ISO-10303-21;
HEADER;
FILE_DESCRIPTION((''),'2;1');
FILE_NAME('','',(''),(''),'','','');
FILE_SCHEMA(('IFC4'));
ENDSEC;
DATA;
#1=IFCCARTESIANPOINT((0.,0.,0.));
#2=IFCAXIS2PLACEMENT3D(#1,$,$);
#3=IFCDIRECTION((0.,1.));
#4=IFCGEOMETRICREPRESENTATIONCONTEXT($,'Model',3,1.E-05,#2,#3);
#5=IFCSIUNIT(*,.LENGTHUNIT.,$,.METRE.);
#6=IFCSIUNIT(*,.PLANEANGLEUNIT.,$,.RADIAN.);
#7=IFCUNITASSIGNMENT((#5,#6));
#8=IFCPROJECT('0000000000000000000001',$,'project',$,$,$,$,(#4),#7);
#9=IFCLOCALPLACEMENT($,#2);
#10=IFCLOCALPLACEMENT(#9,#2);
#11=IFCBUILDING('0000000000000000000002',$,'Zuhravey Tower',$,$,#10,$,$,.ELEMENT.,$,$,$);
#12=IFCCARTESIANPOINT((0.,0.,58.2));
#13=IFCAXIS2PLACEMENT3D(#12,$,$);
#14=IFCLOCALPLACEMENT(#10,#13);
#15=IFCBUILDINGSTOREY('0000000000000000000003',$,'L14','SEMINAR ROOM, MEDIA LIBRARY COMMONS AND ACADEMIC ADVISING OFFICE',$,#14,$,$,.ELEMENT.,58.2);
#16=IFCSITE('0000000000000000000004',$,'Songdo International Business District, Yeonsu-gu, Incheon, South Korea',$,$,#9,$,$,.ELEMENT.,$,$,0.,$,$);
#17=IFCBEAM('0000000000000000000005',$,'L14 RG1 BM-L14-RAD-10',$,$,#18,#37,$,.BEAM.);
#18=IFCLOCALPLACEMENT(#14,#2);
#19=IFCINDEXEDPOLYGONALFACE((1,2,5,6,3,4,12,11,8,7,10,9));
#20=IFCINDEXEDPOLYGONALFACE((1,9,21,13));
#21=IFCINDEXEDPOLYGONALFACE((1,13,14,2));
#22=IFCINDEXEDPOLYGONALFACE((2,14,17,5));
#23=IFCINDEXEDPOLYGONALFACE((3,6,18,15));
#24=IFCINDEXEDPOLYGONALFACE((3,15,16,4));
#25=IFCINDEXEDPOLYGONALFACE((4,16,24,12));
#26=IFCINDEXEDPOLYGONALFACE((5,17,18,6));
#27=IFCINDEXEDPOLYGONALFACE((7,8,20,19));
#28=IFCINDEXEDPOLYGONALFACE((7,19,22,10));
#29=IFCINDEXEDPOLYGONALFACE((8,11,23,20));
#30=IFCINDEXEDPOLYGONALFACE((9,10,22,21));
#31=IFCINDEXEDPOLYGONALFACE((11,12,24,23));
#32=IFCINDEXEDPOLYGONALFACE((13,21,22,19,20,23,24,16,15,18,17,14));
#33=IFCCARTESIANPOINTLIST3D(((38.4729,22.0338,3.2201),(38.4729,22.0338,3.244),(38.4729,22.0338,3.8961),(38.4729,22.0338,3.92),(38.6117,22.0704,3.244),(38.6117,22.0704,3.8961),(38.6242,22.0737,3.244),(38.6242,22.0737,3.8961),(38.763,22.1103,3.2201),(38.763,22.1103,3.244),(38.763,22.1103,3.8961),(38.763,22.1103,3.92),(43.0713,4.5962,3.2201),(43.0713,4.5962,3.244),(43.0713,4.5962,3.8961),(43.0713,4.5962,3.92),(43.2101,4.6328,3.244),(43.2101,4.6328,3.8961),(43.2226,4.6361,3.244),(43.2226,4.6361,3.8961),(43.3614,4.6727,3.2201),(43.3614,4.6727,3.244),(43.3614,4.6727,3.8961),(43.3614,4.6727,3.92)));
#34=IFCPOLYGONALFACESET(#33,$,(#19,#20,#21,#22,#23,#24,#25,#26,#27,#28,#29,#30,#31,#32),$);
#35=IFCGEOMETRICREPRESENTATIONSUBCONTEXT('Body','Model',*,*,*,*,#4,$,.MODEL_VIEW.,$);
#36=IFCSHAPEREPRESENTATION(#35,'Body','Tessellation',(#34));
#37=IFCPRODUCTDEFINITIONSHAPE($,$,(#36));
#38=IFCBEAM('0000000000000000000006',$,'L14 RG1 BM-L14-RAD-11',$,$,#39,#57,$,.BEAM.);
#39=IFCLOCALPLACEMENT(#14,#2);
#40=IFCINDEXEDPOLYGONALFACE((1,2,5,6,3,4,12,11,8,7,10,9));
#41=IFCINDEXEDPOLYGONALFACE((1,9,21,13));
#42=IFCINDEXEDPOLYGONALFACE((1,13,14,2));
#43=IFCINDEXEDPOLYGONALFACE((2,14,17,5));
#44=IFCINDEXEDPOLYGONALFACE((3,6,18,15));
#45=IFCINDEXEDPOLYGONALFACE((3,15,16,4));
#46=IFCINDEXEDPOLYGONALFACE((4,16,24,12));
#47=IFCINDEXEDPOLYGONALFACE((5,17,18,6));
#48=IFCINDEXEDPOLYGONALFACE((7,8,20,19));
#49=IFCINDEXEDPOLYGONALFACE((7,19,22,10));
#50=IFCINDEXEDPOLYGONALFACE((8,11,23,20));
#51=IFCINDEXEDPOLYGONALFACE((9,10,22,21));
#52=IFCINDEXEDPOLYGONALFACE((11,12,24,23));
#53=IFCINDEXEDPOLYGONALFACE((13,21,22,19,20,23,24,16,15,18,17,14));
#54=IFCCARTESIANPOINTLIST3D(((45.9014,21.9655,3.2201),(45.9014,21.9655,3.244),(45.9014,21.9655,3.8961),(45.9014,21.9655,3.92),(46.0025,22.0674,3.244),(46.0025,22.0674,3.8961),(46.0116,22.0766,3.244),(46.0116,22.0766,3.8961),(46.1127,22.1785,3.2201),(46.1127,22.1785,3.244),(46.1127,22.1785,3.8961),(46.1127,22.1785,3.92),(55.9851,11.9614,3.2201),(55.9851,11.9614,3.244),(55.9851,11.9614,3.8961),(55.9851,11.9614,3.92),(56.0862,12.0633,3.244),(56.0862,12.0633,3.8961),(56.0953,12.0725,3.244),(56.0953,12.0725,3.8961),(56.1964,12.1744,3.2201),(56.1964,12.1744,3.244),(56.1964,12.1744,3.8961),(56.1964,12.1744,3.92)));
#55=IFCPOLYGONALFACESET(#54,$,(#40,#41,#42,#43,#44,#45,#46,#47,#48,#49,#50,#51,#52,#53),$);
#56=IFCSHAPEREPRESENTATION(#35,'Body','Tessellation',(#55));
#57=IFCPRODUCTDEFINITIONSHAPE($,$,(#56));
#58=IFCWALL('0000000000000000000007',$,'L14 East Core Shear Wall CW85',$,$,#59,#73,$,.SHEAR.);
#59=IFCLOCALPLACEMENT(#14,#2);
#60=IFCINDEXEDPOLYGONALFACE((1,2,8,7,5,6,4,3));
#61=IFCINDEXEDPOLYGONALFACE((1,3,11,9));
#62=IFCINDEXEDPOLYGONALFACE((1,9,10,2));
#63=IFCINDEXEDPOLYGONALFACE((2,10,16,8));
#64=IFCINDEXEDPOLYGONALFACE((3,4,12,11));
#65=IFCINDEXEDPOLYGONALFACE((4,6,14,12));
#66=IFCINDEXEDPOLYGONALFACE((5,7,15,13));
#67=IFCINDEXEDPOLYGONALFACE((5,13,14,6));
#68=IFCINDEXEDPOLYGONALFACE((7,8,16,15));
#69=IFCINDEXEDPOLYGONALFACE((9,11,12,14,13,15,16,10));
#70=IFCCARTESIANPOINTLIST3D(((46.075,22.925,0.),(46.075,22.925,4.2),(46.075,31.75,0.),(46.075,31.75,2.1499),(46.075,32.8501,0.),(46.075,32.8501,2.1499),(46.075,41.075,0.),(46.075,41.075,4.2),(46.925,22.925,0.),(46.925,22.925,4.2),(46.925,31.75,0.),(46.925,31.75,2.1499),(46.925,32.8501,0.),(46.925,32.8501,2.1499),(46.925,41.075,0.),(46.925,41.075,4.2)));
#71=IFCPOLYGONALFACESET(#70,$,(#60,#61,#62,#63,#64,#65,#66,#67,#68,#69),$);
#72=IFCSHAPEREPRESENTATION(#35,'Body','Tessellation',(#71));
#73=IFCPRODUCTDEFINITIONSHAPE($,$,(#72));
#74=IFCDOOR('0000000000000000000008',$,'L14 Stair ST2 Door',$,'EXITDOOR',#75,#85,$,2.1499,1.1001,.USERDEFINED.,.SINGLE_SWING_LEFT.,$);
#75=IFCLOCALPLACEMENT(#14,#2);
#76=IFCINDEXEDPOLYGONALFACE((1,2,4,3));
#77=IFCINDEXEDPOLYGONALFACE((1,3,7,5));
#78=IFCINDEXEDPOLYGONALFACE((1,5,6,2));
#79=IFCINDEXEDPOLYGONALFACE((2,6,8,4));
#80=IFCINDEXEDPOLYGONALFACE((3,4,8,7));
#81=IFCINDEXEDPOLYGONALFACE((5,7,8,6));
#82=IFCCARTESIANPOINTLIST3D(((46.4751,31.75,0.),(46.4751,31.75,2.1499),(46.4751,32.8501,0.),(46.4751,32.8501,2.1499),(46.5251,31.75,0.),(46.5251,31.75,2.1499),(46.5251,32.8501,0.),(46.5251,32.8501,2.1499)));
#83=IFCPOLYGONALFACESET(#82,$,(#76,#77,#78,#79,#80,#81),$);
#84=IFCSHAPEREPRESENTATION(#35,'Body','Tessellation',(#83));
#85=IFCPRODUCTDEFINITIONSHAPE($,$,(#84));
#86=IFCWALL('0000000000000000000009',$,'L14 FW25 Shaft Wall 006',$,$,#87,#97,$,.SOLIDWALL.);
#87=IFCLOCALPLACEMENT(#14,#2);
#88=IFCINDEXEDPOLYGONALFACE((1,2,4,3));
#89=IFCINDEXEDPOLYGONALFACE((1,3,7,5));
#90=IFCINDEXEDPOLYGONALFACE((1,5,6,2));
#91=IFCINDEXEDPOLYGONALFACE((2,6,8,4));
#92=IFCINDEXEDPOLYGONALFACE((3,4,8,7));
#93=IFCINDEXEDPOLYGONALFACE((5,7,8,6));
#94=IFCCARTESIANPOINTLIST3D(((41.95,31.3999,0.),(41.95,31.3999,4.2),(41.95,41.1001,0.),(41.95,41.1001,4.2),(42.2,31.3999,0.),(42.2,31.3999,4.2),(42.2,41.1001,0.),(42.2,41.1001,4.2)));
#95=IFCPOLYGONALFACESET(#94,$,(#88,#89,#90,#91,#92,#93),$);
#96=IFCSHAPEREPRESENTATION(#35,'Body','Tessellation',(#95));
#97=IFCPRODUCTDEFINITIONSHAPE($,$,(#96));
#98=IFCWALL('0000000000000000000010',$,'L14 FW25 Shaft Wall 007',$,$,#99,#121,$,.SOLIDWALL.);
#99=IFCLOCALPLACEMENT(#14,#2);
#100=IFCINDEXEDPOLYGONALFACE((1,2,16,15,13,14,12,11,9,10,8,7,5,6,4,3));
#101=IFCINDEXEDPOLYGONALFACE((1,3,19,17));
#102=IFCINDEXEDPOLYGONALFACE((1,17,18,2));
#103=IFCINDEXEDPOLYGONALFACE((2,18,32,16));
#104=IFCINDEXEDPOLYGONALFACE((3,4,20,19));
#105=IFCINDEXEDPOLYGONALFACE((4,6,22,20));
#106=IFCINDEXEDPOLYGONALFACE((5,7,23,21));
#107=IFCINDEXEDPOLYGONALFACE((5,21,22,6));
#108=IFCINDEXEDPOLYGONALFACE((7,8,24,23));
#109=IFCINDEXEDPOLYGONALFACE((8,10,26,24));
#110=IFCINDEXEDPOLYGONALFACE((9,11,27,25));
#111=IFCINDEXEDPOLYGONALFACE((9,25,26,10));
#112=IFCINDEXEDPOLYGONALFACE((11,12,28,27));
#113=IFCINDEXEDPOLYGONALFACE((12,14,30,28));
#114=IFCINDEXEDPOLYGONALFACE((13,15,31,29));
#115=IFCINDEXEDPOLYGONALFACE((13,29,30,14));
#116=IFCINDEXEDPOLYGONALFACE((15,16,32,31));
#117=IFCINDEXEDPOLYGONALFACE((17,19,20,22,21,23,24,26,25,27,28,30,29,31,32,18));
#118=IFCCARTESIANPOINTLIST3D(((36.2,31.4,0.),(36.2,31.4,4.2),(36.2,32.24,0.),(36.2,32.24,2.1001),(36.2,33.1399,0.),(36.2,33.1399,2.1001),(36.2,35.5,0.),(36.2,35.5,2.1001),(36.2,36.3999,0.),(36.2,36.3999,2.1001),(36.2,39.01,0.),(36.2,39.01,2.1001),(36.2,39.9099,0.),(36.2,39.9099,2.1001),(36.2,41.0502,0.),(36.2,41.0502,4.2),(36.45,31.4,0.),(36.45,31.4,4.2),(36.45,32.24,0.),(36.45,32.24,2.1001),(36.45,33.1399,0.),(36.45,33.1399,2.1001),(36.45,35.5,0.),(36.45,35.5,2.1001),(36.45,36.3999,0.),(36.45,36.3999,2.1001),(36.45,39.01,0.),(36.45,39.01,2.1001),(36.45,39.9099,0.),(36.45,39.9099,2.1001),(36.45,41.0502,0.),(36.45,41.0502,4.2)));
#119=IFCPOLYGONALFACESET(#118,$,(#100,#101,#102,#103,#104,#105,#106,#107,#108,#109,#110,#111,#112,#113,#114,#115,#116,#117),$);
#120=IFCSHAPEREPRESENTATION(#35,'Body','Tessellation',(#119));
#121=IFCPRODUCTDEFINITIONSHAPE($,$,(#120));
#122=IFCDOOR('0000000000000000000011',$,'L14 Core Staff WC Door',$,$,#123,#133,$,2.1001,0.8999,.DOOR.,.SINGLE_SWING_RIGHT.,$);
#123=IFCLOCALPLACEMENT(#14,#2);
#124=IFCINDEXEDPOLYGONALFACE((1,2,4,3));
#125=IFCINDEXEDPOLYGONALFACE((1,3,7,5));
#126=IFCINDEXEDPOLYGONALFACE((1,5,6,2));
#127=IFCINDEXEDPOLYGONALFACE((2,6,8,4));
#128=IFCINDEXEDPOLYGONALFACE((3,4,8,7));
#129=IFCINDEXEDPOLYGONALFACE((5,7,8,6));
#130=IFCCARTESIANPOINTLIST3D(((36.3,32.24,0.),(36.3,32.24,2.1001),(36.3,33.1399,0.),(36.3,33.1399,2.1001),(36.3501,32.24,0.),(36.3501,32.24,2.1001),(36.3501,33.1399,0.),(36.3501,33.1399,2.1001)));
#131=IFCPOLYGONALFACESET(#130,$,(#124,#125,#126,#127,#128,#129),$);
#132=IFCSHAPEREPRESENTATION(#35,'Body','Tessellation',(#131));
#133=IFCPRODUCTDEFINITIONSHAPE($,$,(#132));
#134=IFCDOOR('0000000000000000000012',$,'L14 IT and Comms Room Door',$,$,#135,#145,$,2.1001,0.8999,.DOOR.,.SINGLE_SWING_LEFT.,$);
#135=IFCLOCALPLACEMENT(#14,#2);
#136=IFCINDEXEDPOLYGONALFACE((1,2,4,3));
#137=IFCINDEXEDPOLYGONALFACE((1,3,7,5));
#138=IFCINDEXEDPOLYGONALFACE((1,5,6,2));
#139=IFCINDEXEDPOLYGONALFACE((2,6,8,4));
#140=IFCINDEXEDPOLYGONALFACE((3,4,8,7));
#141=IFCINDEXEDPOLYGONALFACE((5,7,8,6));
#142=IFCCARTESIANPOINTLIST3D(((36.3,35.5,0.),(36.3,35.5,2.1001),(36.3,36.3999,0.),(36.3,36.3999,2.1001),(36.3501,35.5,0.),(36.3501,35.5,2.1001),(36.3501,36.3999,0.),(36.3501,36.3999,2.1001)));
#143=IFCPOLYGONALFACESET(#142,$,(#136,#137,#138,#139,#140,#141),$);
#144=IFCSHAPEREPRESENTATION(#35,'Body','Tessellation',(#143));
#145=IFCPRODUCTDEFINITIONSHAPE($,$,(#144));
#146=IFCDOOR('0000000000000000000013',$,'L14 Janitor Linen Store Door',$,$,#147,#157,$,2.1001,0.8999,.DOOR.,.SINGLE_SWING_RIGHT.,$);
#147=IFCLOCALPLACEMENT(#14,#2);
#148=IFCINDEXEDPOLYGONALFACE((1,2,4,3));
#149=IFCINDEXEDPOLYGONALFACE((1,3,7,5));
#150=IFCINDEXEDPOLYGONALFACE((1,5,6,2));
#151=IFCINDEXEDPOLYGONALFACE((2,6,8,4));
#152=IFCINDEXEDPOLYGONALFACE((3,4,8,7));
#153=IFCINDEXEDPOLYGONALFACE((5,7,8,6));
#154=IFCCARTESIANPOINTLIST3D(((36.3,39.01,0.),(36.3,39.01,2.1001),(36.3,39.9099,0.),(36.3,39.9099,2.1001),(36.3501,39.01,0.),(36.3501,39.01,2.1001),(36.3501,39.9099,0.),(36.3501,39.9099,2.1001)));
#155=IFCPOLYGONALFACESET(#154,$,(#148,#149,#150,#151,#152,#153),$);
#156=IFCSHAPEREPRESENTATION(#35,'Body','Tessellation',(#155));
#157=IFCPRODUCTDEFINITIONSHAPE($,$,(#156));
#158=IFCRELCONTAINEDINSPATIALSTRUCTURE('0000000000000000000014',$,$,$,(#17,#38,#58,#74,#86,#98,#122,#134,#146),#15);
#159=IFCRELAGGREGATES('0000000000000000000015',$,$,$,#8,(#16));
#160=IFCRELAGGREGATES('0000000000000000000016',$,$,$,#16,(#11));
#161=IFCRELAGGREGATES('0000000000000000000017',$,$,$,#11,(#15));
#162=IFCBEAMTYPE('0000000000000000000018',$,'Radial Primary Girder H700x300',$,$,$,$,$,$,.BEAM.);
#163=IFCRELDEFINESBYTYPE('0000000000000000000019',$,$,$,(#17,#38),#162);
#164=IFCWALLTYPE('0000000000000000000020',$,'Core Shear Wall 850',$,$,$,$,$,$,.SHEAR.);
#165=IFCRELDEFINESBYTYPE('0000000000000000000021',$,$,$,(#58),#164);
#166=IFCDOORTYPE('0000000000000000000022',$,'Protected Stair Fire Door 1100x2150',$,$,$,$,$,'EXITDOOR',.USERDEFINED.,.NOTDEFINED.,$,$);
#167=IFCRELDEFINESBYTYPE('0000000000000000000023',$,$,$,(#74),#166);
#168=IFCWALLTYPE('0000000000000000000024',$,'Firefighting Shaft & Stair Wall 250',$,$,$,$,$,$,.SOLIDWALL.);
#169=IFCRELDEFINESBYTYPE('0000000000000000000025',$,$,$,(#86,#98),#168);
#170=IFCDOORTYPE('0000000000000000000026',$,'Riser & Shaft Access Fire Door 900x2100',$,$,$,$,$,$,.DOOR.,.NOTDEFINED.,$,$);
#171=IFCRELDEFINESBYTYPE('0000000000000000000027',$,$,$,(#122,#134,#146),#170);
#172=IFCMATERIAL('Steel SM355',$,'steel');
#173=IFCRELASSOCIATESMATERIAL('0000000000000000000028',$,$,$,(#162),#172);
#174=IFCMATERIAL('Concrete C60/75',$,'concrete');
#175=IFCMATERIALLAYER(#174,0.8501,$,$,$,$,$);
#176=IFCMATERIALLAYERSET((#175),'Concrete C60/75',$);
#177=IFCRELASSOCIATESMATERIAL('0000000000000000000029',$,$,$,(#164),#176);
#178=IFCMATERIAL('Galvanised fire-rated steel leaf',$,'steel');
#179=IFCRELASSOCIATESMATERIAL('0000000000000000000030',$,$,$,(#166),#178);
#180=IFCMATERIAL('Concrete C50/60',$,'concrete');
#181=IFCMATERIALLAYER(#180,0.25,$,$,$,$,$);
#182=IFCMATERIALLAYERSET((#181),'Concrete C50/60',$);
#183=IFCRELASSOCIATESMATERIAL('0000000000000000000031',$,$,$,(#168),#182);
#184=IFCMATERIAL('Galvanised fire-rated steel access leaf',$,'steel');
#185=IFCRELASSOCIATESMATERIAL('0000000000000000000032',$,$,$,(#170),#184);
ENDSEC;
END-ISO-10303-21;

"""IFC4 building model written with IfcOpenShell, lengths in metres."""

from ifc_helpers import new_model, si_unit, direction, frame, frame_2d, origin, origin_2d, place, context, subcontext, project, spatial, rectangle, i_section, extrude, material, layer, layer_set, material_profile, profile_set, type_object, element, fill, save


model = new_model("IFC4")

# Units and contexts
model_context = context("Model", 3, precision=1e-05, world=origin(), true_north=direction((0.0, 1.0)))
body_context = subcontext(model_context, "Body", "Model", "MODEL_VIEW")
ifc_project = project(units=[si_unit("LENGTHUNIT", "METRE"), si_unit("PLANEANGLEUNIT", "RADIAN")], contexts=[model_context])

# Site, building, storey
site_placement = place(None, origin())
site = spatial("IfcSite", under=ifc_project, at=site_placement, Name="Songdo International Business District, Yeonsu-gu, Incheon, South Korea", CompositionType="ELEMENT", RefElevation=0.0)
building_placement = place(site_placement, origin())
building = spatial("IfcBuilding", under=site, at=building_placement, Name="Zuhravey Tower", CompositionType="ELEMENT")
storey_placement = place(building_placement, frame((0.0, 0.0, 58.2)))
storey = spatial("IfcBuildingStorey", under=building, at=storey_placement, Name="L14", Description="SEMINAR ROOM, MEDIA LIBRARY COMMONS AND ACADEMIC ADVISING OFFICE", CompositionType="ELEMENT", Elevation=58.2)

# Beams
ifc_material_1 = material(Name="Steel SM355", Category="steel")
ifc_material_profile = material_profile(ifc_material_1, i_section(OverallWidth=0.3, OverallDepth=0.7, WebThickness=0.0129, FlangeThickness=0.0239, at=origin_2d()), Name="H-700x300x13x24")
ifc_profile_set = profile_set([ifc_material_profile], Name="Steel SM355")
beam_type = type_object("IfcBeamType", Name="Radial Primary Girder H700x300", PredefinedType="BEAM", material=ifc_profile_set)
beam_1_placement = place(storey_placement, frame((38.6179, 22.072, 3.5701), z_axis=(0.25499, -0.966944, 0.0), x_axis=(0.966944, 0.25499, 0.0)))
element("IfcBeam", 1, at=beam_1_placement, inside=storey, type_object=beam_type, Name="L14 RG1 BM-L14-RAD-10", PredefinedType="BEAM", context=body_context, shape_type="SweptSolid", body=[
    extrude(i_section(OverallWidth=0.3, OverallDepth=0.7, WebThickness=0.0129, FlangeThickness=0.0239, at=origin_2d()), origin(), (0.0, 0.0, 1.0), 18.0337),
])
beam_2_placement = place(storey_placement, frame((46.0071, 22.072, 3.5701), z_axis=(0.709903, -0.7043, 0.0), x_axis=(0.7043, 0.709903, 0.0)))
element("IfcBeam", 2, at=beam_2_placement, inside=storey, type_object=beam_type, Name="L14 RG1 BM-L14-RAD-11", PredefinedType="BEAM", context=body_context, shape_type="SweptSolid", body=[
    extrude(i_section(OverallWidth=0.3, OverallDepth=0.7, WebThickness=0.0129, FlangeThickness=0.0239, at=origin_2d()), origin(), (0.0, 0.0, 1.0), 14.2043),
])

# Wall, opening, door
ifc_material_2 = material(Name="Concrete C60/75", Category="concrete")
ifc_layer_1 = layer(ifc_material_2, 0.8501)
ifc_layer_set_1 = layer_set([ifc_layer_1], Name="Concrete C60/75")
wall_type_1 = type_object("IfcWallType", Name="Core Shear Wall 850", PredefinedType="SHEAR", material=ifc_layer_set_1)
ifc_material_3 = material(Name="Galvanised fire-rated steel leaf", Category="steel")
wall_1_placement = place(storey_placement, frame((46.5, 22.925, 0.0), z_axis=(0.0, 0.0, 1.0), x_axis=(0.0, 1.0, 0.0)))
wall_1 = element("IfcWall", 3, at=wall_1_placement, inside=storey, type_object=wall_type_1, Name="L14 East Core Shear Wall CW85", PredefinedType="SHEAR", context=body_context, shape_type="SweptSolid", body=[
    extrude(rectangle(XDim=18.1499, YDim=0.8501, at=frame_2d((9.075, 0.0))), origin(), (0.0, 0.0, 1.0), 4.2),
])
opening_1_placement = place(wall_1_placement, frame((8.825, 0.0, 0.0)))
opening_1 = element("IfcOpeningElement", 4, at=opening_1_placement, cuts=wall_1, PredefinedType="OPENING", context=body_context, shape_type="SweptSolid", body=[
    extrude(rectangle(XDim=1.1001, YDim=2.1499, at=frame_2d((0.55, 1.075))), frame((0.0, 0.437, 0.0), z_axis=(0.0, -1.0, 0.0), x_axis=(1.0, 0.0, 0.0)), (0.0, 0.0, 1.0), 0.874),
])
door_type_1 = type_object("IfcDoorType", Name="Protected Stair Fire Door 1100x2150", ElementType="EXITDOOR", OperationType="NOTDEFINED", PredefinedType="USERDEFINED", material=ifc_material_3)
door_1_placement = place(opening_1_placement, origin())
door_1 = element("IfcDoor", 5, at=door_1_placement, inside=storey, type_object=door_type_1, Name="L14 Stair ST2 Door", ObjectType="EXITDOOR", OperationType="SINGLE_SWING_LEFT", OverallHeight=2.1499, OverallWidth=1.1001, PredefinedType="USERDEFINED", context=body_context, shape_type="SweptSolid", body=[
    extrude(rectangle(XDim=1.1001, YDim=2.1499, at=frame_2d((0.55, 1.075))), frame((0.0, 0.0249, 0.0), z_axis=(0.0, -1.0, 0.0), x_axis=(1.0, 0.0, 0.0)), (0.0, 0.0, 1.0), 0.05),
])
fill(opening_1, door_1)

# Wall
ifc_material_4 = material(Name="Concrete C50/60", Category="concrete")
ifc_layer_2 = layer(ifc_material_4, 0.25)
ifc_layer_set_2 = layer_set([ifc_layer_2], Name="Concrete C50/60")
wall_type_2 = type_object("IfcWallType", Name="Firefighting Shaft & Stair Wall 250", PredefinedType="SOLIDWALL", material=ifc_layer_set_2)
wall_2_placement = place(storey_placement, frame((42.075, 31.3999, 0.0), z_axis=(0.0, 0.0, 1.0), x_axis=(0.0, 1.0, 0.0)))
element("IfcWall", 6, at=wall_2_placement, inside=storey, type_object=wall_type_2, Name="L14 FW25 Shaft Wall 006", PredefinedType="SOLIDWALL", context=body_context, shape_type="SweptSolid", body=[
    extrude(rectangle(XDim=9.7002, YDim=0.25, at=frame_2d((4.8501, 0.0))), origin(), (0.0, 0.0, 1.0), 4.2),
])

# Wall, openings, doors
wall_3_placement = place(storey_placement, frame((36.325, 31.3999, 0.0), z_axis=(0.0, 0.0, 1.0), x_axis=(0.0, 1.0, 0.0)))
wall_3 = element("IfcWall", 7, at=wall_3_placement, inside=storey, type_object=wall_type_2, Name="L14 FW25 Shaft Wall 007", PredefinedType="SOLIDWALL", context=body_context, shape_type="SweptSolid", body=[
    extrude(rectangle(XDim=9.6501, YDim=0.25, at=frame_2d((4.8252, 0.0))), origin(), (0.0, 0.0, 1.0), 4.2),
])
opening_2_placement = place(wall_3_placement, frame((0.8401, 0.0, 0.0)))
opening_2 = element("IfcOpeningElement", 8, at=opening_2_placement, cuts=wall_3, PredefinedType="OPENING", context=body_context, shape_type="SweptSolid", body=[
    extrude(rectangle(XDim=0.8999, YDim=2.1001, at=frame_2d((0.45, 1.05))), frame((0.0, 0.137, 0.0), z_axis=(0.0, -1.0, 0.0), x_axis=(1.0, 0.0, 0.0)), (0.0, 0.0, 1.0), 0.2739),
])
opening_3_placement = place(wall_3_placement, frame((4.1001, 0.0, 0.0)))
opening_3 = element("IfcOpeningElement", 9, at=opening_3_placement, cuts=wall_3, PredefinedType="OPENING", context=body_context, shape_type="SweptSolid", body=[
    extrude(rectangle(XDim=0.8999, YDim=2.1001, at=frame_2d((0.45, 1.05))), frame((0.0, 0.137, 0.0), z_axis=(0.0, -1.0, 0.0), x_axis=(1.0, 0.0, 0.0)), (0.0, 0.0, 1.0), 0.2739),
])
opening_4_placement = place(wall_3_placement, frame((7.6101, 0.0, 0.0)))
opening_4 = element("IfcOpeningElement", 10, at=opening_4_placement, cuts=wall_3, PredefinedType="OPENING", context=body_context, shape_type="SweptSolid", body=[
    extrude(rectangle(XDim=0.8999, YDim=2.1001, at=frame_2d((0.45, 1.05))), frame((0.0, 0.137, 0.0), z_axis=(0.0, -1.0, 0.0), x_axis=(1.0, 0.0, 0.0)), (0.0, 0.0, 1.0), 0.2739),
])
ifc_material_5 = material(Name="Galvanised fire-rated steel access leaf", Category="steel")
door_type_2 = type_object("IfcDoorType", Name="Riser & Shaft Access Fire Door 900x2100", OperationType="NOTDEFINED", PredefinedType="DOOR", material=ifc_material_5)
door_2_placement = place(opening_2_placement, origin())
door_2 = element("IfcDoor", 11, at=door_2_placement, inside=storey, type_object=door_type_2, Name="L14 Core Staff WC Door", OperationType="SINGLE_SWING_RIGHT", OverallHeight=2.1001, OverallWidth=0.8999, PredefinedType="DOOR", context=body_context, shape_type="SweptSolid", body=[
    extrude(rectangle(XDim=0.8999, YDim=2.1001, at=frame_2d((0.45, 1.05))), frame((0.0, 0.0249, 0.0), z_axis=(0.0, -1.0, 0.0), x_axis=(1.0, 0.0, 0.0)), (0.0, 0.0, 1.0), 0.05),
])
fill(opening_2, door_2)
door_3_placement = place(opening_3_placement, origin())
door_3 = element("IfcDoor", 12, at=door_3_placement, inside=storey, type_object=door_type_2, Name="L14 IT and Comms Room Door", OperationType="SINGLE_SWING_LEFT", OverallHeight=2.1001, OverallWidth=0.8999, PredefinedType="DOOR", context=body_context, shape_type="SweptSolid", body=[
    extrude(rectangle(XDim=0.8999, YDim=2.1001, at=frame_2d((0.45, 1.05))), frame((0.0, 0.0249, 0.0), z_axis=(0.0, -1.0, 0.0), x_axis=(1.0, 0.0, 0.0)), (0.0, 0.0, 1.0), 0.05),
])
fill(opening_3, door_3)
door_4_placement = place(opening_4_placement, origin())
door_4 = element("IfcDoor", 13, at=door_4_placement, inside=storey, type_object=door_type_2, Name="L14 Janitor Linen Store Door", OperationType="SINGLE_SWING_RIGHT", OverallHeight=2.1001, OverallWidth=0.8999, PredefinedType="DOOR", context=body_context, shape_type="SweptSolid", body=[
    extrude(rectangle(XDim=0.8999, YDim=2.1001, at=frame_2d((0.45, 1.05))), frame((0.0, 0.0249, 0.0), z_axis=(0.0, -1.0, 0.0), x_axis=(1.0, 0.0, 0.0)), (0.0, 0.0, 1.0), 0.05),
])
fill(opening_4, door_4)

save(model, "model.ifc")
